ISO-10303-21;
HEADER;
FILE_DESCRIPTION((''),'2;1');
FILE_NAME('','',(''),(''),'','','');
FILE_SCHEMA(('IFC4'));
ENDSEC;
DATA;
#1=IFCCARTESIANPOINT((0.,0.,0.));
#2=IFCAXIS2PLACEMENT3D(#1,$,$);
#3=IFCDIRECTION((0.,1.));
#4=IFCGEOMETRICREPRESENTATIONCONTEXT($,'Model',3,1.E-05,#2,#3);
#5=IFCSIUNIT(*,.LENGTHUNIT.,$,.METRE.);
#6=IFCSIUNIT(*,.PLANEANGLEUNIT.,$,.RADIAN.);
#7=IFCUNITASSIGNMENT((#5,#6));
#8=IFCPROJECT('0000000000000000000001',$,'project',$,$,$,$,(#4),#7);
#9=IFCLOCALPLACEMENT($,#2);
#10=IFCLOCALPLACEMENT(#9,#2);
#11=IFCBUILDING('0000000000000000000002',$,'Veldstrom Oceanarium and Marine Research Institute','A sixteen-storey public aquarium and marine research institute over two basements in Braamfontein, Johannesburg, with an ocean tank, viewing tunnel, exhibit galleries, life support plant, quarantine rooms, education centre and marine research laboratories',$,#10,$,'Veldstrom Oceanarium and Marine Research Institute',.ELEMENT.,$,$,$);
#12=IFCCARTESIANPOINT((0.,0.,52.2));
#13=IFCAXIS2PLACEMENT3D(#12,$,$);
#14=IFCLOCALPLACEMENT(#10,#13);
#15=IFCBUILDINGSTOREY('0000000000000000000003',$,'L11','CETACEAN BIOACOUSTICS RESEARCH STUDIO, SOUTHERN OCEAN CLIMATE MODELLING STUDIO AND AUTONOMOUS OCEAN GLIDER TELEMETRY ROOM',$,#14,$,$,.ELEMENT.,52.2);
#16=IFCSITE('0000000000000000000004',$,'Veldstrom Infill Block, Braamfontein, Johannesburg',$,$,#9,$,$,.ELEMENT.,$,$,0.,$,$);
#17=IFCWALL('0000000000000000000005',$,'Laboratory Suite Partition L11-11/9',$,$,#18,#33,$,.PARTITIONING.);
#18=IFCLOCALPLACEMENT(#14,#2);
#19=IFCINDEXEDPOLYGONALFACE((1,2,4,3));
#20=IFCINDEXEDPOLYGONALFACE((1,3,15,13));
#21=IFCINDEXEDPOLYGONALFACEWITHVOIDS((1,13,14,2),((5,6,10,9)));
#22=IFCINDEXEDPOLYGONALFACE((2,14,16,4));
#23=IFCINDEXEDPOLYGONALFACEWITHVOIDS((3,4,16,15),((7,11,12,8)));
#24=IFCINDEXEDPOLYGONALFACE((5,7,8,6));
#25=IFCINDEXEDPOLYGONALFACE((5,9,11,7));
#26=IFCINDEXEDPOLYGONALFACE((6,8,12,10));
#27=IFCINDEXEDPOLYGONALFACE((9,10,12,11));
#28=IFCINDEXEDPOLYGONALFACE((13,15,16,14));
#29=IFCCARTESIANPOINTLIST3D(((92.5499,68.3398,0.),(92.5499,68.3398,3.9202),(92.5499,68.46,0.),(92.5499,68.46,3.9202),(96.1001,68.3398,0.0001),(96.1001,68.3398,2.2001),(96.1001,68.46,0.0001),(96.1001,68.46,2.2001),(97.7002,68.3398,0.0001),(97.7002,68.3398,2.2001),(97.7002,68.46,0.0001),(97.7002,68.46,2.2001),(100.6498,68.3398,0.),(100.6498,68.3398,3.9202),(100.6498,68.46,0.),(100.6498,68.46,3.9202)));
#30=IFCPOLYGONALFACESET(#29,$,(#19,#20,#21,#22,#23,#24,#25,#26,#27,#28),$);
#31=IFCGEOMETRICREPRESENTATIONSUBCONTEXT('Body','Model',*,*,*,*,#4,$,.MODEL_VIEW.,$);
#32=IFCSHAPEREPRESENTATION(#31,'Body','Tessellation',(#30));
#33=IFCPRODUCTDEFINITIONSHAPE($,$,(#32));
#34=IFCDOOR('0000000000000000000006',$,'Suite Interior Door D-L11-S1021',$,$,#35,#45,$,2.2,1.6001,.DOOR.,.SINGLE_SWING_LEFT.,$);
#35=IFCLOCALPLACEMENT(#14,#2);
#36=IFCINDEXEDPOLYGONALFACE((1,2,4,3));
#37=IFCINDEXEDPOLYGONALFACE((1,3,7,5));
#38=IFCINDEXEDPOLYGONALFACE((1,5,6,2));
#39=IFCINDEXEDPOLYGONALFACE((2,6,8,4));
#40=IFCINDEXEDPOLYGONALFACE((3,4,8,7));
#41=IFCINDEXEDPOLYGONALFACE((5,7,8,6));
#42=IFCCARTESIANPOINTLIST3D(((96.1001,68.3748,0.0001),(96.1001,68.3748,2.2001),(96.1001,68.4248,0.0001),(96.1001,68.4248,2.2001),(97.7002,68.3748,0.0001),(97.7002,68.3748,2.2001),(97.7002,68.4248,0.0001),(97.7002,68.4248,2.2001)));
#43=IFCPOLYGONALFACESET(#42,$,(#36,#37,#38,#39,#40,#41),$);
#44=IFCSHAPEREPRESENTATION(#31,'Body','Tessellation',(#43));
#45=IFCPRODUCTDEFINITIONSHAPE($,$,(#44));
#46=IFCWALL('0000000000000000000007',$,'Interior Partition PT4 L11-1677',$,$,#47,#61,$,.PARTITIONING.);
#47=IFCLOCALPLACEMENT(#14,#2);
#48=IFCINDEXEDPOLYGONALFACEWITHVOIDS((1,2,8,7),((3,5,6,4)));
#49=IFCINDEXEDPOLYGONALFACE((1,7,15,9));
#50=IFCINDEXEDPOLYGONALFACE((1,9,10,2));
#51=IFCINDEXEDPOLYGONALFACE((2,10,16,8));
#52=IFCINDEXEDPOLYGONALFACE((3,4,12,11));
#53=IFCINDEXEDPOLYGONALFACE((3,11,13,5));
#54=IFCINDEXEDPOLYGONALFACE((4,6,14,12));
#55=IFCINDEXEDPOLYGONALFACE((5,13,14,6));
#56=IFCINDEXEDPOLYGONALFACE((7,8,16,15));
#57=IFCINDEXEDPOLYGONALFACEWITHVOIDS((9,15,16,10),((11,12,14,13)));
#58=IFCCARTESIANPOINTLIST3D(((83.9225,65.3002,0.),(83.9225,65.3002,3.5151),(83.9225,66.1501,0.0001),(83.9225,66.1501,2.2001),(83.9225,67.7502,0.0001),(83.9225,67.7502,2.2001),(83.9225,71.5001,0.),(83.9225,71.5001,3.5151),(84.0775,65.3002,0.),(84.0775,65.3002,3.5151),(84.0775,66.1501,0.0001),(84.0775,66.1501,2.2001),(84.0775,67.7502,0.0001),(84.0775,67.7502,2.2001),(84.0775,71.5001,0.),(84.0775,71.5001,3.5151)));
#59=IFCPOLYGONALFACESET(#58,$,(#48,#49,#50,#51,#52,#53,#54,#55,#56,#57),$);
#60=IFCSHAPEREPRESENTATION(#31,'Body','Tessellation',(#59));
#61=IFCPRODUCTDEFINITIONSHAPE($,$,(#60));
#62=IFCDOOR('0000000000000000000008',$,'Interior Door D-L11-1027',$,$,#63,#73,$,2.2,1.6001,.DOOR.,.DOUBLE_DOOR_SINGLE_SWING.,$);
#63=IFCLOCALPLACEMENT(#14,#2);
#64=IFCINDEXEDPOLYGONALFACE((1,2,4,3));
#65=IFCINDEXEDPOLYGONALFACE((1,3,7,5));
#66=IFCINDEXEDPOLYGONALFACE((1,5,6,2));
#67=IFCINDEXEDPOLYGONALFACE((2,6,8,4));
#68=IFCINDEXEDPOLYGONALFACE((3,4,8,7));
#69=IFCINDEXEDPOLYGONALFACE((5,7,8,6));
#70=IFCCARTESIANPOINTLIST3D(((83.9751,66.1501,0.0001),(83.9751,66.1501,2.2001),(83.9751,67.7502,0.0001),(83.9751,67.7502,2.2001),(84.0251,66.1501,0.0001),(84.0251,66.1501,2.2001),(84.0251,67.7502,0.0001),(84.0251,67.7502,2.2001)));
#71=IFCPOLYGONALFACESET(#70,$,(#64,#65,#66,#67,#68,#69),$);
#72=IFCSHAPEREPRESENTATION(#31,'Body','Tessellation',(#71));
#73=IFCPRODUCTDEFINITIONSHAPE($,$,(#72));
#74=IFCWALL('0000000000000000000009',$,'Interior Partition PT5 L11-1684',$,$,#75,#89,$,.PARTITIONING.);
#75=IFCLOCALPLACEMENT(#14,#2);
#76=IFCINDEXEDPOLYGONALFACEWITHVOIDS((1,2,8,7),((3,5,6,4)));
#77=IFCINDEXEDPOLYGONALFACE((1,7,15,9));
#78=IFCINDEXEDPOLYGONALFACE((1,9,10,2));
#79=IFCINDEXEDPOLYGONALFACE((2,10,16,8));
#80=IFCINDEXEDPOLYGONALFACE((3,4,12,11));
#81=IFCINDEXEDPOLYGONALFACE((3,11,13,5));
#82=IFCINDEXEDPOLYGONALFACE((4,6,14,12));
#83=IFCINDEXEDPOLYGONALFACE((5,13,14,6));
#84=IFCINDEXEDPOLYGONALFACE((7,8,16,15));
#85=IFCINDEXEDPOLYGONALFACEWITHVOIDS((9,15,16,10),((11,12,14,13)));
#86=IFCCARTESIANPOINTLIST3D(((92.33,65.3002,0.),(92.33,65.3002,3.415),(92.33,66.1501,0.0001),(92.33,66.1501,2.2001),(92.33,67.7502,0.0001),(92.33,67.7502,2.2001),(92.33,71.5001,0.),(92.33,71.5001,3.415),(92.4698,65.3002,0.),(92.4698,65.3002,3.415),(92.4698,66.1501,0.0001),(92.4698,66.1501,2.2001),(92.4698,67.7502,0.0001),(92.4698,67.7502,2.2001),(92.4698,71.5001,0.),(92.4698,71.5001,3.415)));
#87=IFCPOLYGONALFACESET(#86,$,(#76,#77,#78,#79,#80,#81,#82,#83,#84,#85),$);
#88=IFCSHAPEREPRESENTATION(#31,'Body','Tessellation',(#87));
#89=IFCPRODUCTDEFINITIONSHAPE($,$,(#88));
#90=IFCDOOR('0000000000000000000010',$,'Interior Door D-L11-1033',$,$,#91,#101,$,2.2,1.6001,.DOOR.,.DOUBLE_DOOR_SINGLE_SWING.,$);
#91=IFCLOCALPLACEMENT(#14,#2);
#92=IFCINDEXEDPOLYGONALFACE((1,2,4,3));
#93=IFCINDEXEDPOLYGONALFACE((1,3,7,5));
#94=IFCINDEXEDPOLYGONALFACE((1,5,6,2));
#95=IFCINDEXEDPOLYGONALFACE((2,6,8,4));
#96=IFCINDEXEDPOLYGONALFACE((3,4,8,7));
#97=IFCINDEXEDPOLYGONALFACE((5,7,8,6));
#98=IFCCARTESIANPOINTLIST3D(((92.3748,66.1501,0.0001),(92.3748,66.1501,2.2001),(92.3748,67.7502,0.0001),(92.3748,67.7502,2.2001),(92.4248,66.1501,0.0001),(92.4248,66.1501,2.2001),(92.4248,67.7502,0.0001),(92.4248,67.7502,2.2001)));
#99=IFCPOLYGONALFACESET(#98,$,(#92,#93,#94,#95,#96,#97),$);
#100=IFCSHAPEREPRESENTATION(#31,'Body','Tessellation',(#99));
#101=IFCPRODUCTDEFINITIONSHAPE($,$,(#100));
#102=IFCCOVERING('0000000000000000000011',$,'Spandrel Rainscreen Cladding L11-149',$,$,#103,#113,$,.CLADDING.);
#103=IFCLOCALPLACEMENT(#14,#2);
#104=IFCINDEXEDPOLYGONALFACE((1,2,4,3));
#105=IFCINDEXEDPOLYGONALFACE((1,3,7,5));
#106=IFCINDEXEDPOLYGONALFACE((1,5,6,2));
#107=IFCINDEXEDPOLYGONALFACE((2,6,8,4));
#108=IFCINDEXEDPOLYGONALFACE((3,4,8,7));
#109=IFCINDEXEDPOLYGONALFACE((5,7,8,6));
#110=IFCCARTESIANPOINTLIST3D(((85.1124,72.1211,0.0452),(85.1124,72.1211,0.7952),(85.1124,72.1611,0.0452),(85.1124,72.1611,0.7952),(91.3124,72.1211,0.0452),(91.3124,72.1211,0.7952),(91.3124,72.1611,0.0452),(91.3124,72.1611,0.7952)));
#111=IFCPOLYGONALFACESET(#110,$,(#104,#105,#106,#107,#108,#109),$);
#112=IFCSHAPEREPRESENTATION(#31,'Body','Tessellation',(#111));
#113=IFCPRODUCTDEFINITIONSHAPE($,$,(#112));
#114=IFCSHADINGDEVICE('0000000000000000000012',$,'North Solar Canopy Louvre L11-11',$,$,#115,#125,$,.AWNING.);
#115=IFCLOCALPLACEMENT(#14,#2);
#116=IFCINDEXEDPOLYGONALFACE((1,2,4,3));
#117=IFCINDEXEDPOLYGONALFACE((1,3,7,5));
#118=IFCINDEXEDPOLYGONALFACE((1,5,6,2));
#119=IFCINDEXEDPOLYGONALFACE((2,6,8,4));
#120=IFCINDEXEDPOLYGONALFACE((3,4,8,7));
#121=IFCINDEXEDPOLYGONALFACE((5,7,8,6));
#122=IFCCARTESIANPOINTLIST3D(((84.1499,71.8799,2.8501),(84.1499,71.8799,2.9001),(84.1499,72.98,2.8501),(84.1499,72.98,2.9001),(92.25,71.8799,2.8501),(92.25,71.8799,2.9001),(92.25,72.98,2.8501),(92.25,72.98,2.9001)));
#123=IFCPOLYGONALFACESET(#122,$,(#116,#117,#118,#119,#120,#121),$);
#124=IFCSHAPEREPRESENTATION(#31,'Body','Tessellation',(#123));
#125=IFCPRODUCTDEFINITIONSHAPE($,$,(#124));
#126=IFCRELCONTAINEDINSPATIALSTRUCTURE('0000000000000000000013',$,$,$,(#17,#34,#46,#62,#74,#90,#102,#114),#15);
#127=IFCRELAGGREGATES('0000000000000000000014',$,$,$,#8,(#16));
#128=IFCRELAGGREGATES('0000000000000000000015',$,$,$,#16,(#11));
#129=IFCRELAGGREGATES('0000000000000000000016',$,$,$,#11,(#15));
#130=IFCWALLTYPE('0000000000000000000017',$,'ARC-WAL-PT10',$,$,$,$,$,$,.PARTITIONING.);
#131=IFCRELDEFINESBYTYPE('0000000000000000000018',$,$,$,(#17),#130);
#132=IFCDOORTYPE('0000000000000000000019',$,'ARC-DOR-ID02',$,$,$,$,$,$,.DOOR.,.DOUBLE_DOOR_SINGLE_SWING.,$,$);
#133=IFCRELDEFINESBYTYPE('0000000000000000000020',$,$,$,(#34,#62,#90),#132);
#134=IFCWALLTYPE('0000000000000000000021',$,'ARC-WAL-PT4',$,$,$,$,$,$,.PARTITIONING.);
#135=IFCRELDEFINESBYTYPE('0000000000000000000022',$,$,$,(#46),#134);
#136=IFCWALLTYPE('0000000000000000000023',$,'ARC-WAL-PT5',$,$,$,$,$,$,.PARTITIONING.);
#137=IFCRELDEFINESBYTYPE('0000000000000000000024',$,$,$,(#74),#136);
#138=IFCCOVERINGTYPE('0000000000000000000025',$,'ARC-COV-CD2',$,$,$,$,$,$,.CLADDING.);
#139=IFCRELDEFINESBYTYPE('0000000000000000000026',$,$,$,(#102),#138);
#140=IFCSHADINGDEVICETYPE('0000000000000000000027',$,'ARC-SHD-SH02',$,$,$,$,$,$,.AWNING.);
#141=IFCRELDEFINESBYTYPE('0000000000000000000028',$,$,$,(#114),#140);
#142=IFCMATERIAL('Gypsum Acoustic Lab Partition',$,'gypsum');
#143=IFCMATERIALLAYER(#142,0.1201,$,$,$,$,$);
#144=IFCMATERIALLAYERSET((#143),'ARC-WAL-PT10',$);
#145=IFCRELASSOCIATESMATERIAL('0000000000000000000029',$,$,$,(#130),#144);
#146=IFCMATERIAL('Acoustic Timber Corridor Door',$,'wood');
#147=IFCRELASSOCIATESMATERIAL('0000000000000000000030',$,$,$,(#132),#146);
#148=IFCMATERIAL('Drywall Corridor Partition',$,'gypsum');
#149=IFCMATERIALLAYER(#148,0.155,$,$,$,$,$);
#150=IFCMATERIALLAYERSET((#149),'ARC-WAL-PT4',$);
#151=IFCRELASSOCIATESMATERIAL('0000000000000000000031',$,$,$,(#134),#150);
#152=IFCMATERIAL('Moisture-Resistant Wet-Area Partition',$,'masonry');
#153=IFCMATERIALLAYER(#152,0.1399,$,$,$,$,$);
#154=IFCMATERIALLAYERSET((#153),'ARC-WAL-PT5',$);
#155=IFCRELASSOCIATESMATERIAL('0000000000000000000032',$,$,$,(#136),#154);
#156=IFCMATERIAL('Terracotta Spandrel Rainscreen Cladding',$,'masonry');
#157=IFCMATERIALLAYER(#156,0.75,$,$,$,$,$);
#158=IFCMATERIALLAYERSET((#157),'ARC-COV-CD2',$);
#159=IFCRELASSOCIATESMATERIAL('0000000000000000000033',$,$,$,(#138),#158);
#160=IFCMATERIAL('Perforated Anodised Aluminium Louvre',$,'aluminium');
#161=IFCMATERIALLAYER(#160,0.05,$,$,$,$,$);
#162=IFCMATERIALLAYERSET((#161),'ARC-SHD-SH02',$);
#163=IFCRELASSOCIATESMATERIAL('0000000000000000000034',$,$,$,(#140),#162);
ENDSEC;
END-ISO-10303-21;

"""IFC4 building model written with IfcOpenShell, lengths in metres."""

from ifc_helpers import new_model, si_unit, direction, frame, frame_2d, origin, origin_2d, place, context, subcontext, project, spatial, rectangle, extrude, material, layer, layer_set, type_object, element, fill, save


model = new_model("IFC4")

# Units and contexts
model_context = context("Model", 3, precision=1e-05, world=origin(), true_north=direction((0.0, 1.0)))
body_context = subcontext(model_context, "Body", "Model", "MODEL_VIEW")
ifc_project = project(units=[si_unit("LENGTHUNIT", "METRE"), si_unit("PLANEANGLEUNIT", "RADIAN")], contexts=[model_context])

# Site, building, storey
site_placement = place(None, origin())
site = spatial("IfcSite", under=ifc_project, at=site_placement, Name="Veldstrom Infill Block, Braamfontein, Johannesburg", CompositionType="ELEMENT", RefElevation=0.0)
building_placement = place(site_placement, origin())
building = spatial("IfcBuilding", under=site, at=building_placement, Name="Veldstrom Oceanarium and Marine Research Institute", Description="A sixteen-storey public aquarium and marine research institute over two basements in Braamfontein, Johannesburg, with an ocean tank, viewing tunnel, exhibit galleries, life support plant, quarantine rooms, education centre and marine research laboratories", LongName="Veldstrom Oceanarium and Marine Research Institute", CompositionType="ELEMENT")
storey_placement = place(building_placement, frame((0.0, 0.0, 52.2)))
storey = spatial("IfcBuildingStorey", under=building, at=storey_placement, Name="L11", Description="CETACEAN BIOACOUSTICS RESEARCH STUDIO, SOUTHERN OCEAN CLIMATE MODELLING STUDIO AND AUTONOMOUS OCEAN GLIDER TELEMETRY ROOM", CompositionType="ELEMENT", Elevation=52.2)

# Walls, openings, doors
ifc_material_1 = material(Name="Gypsum Acoustic Lab Partition", Category="gypsum")
ifc_layer_1 = layer(ifc_material_1, 0.1201)
ifc_layer_set_1 = layer_set([ifc_layer_1], Name="ARC-WAL-PT10")
wall_type_1 = type_object("IfcWallType", Name="ARC-WAL-PT10", PredefinedType="PARTITIONING", material=ifc_layer_set_1)
ifc_material_2 = material(Name="Acoustic Timber Corridor Door", Category="wood")
door_type = type_object("IfcDoorType", Name="ARC-DOR-ID02", OperationType="DOUBLE_DOOR_SINGLE_SWING", PredefinedType="DOOR", material=ifc_material_2)
wall_1_placement = place(storey_placement, frame((92.55, 68.3999, 0.0), z_axis=(0.0, 0.0, 1.0), x_axis=(1.0, 0.0, 0.0)))
wall_1 = element("IfcWall", 1, at=wall_1_placement, inside=storey, type_object=wall_type_1, Name="Laboratory Suite Partition L11-11/9", PredefinedType="PARTITIONING", context=body_context, shape_type="SweptSolid", body=[
    extrude(rectangle(XDim=8.0999, YDim=0.1201, at=frame_2d((4.0498, 0.0))), origin(), (0.0, 0.0, 1.0), 3.9202),
])
opening_1_placement = place(wall_1_placement, frame((3.55, 0.0, 0.0)))
opening_1 = element("IfcOpeningElement", 2, at=opening_1_placement, cuts=wall_1, PredefinedType="OPENING", context=body_context, shape_type="SweptSolid", body=[
    extrude(rectangle(XDim=1.6001, YDim=2.2, at=frame_2d((0.8, 1.1001))), frame((0.0, 0.0701, 0.0), z_axis=(0.0, -1.0, 0.0), x_axis=(1.0, 0.0, 0.0)), (0.0, 0.0, 1.0), 0.1401),
])
door_1_placement = place(opening_1_placement, origin())
door_1 = element("IfcDoor", 3, at=door_1_placement, inside=storey, type_object=door_type, Name="Suite Interior Door D-L11-S1021", OperationType="SINGLE_SWING_LEFT", OverallHeight=2.2, OverallWidth=1.6001, PredefinedType="DOOR", context=body_context, shape_type="SweptSolid", body=[
    extrude(rectangle(XDim=1.6001, YDim=2.2, at=frame_2d((0.8, 1.1001))), frame((0.0, 0.0249, 0.0), z_axis=(0.0, -1.0, 0.0), x_axis=(1.0, 0.0, 0.0)), (0.0, 0.0, 1.0), 0.05),
])
fill(opening_1, door_1)
ifc_material_3 = material(Name="Drywall Corridor Partition", Category="gypsum")
ifc_layer_2 = layer(ifc_material_3, 0.155)
ifc_layer_set_2 = layer_set([ifc_layer_2], Name="ARC-WAL-PT4")
wall_type_2 = type_object("IfcWallType", Name="ARC-WAL-PT4", PredefinedType="PARTITIONING", material=ifc_layer_set_2)
wall_2_placement = place(storey_placement, frame((84.0, 65.3, 0.0), z_axis=(0.0, 0.0, 1.0), x_axis=(0.0, 1.0, 0.0)))
wall_2 = element("IfcWall", 4, at=wall_2_placement, inside=storey, type_object=wall_type_2, Name="Interior Partition PT4 L11-1677", PredefinedType="PARTITIONING", context=body_context, shape_type="SweptSolid", body=[
    extrude(rectangle(XDim=6.2, YDim=0.155, at=frame_2d((3.1001, 0.0))), origin(), (0.0, 0.0, 1.0), 3.5151),
])
opening_2_placement = place(wall_2_placement, frame((0.8501, 0.0, 0.0)))
opening_2 = element("IfcOpeningElement", 5, at=opening_2_placement, cuts=wall_2, PredefinedType="OPENING", context=body_context, shape_type="SweptSolid", body=[
    extrude(rectangle(XDim=1.6001, YDim=2.2, at=frame_2d((0.8, 1.1001))), frame((0.0, 0.0874, 0.0), z_axis=(0.0, -1.0, 0.0), x_axis=(1.0, 0.0, 0.0)), (0.0, 0.0, 1.0), 0.175),
])
door_2_placement = place(opening_2_placement, origin())
door_2 = element("IfcDoor", 6, at=door_2_placement, inside=storey, type_object=door_type, Name="Interior Door D-L11-1027", OperationType="DOUBLE_DOOR_SINGLE_SWING", OverallHeight=2.2, OverallWidth=1.6001, PredefinedType="DOOR", context=body_context, shape_type="SweptSolid", body=[
    extrude(rectangle(XDim=1.6001, YDim=2.2, at=frame_2d((0.8, 1.1001))), frame((0.0, 0.0249, 0.0), z_axis=(0.0, -1.0, 0.0), x_axis=(1.0, 0.0, 0.0)), (0.0, 0.0, 1.0), 0.05),
])
fill(opening_2, door_2)
ifc_material_4 = material(Name="Moisture-Resistant Wet-Area Partition", Category="masonry")
ifc_layer_3 = layer(ifc_material_4, 0.1399)
ifc_layer_set_3 = layer_set([ifc_layer_3], Name="ARC-WAL-PT5")
wall_type_3 = type_object("IfcWallType", Name="ARC-WAL-PT5", PredefinedType="PARTITIONING", material=ifc_layer_set_3)
wall_3_placement = place(storey_placement, frame((92.3999, 65.3, 0.0), z_axis=(0.0, 0.0, 1.0), x_axis=(0.0, 1.0, 0.0)))
wall_3 = element("IfcWall", 7, at=wall_3_placement, inside=storey, type_object=wall_type_3, Name="Interior Partition PT5 L11-1684", PredefinedType="PARTITIONING", context=body_context, shape_type="SweptSolid", body=[
    extrude(rectangle(XDim=6.2, YDim=0.1399, at=frame_2d((3.1001, 0.0))), origin(), (0.0, 0.0, 1.0), 3.415),
])
opening_3_placement = place(wall_3_placement, frame((0.8501, 0.0, 0.0)))
opening_3 = element("IfcOpeningElement", 8, at=opening_3_placement, cuts=wall_3, PredefinedType="OPENING", context=body_context, shape_type="SweptSolid", body=[
    extrude(rectangle(XDim=1.6001, YDim=2.2, at=frame_2d((0.8, 1.1001))), frame((0.0, 0.0798, 0.0), z_axis=(0.0, -1.0, 0.0), x_axis=(1.0, 0.0, 0.0)), (0.0, 0.0, 1.0), 0.1599),
])
door_3_placement = place(opening_3_placement, frame((1.6001, 0.0, 0.0), z_axis=(0.0, 0.0, 1.0), x_axis=(-1.0, 0.0, 0.0)))
door_3 = element("IfcDoor", 9, at=door_3_placement, inside=storey, type_object=door_type, Name="Interior Door D-L11-1033", OperationType="DOUBLE_DOOR_SINGLE_SWING", OverallHeight=2.2, OverallWidth=1.6001, PredefinedType="DOOR", context=body_context, shape_type="SweptSolid", body=[
    extrude(rectangle(XDim=1.6001, YDim=2.2, at=frame_2d((0.8, 1.1001))), frame((0.0, 0.0249, 0.0), z_axis=(0.0, -1.0, 0.0), x_axis=(1.0, 0.0, 0.0)), (0.0, 0.0, 1.0), 0.05),
])
fill(opening_3, door_3)

# Covering
ifc_material_5 = material(Name="Terracotta Spandrel Rainscreen Cladding", Category="masonry")
ifc_layer_4 = layer(ifc_material_5, 0.75)
ifc_layer_set_4 = layer_set([ifc_layer_4], Name="ARC-COV-CD2")
covering_type = type_object("IfcCoveringType", Name="ARC-COV-CD2", PredefinedType="CLADDING", material=ifc_layer_set_4)
covering_placement = place(storey_placement, frame((88.2124, 72.1411, 0.0452), z_axis=(0.0, 0.0, 1.0), x_axis=(1.0, 0.0, 0.0)))
element("IfcCovering", 10, at=covering_placement, inside=storey, type_object=covering_type, Name="Spandrel Rainscreen Cladding L11-149", PredefinedType="CLADDING", context=body_context, shape_type="SweptSolid", body=[
    extrude(rectangle(XDim=6.2, YDim=0.04, at=origin_2d()), origin(), (0.0, 0.0, 1.0), 0.75),
])

# Shading device
ifc_material_6 = material(Name="Perforated Anodised Aluminium Louvre", Category="aluminium")
ifc_layer_5 = layer(ifc_material_6, 0.05)
ifc_layer_set_5 = layer_set([ifc_layer_5], Name="ARC-SHD-SH02")
shading_device_type = type_object("IfcShadingDeviceType", Name="ARC-SHD-SH02", PredefinedType="AWNING", material=ifc_layer_set_5)
shading_device_placement = place(storey_placement, frame((88.2, 72.4299, 2.8501), z_axis=(0.0, 0.0, 1.0), x_axis=(1.0, 0.0, 0.0)))
element("IfcShadingDevice", 11, at=shading_device_placement, inside=storey, type_object=shading_device_type, Name="North Solar Canopy Louvre L11-11", PredefinedType="AWNING", context=body_context, shape_type="SweptSolid", body=[
    extrude(rectangle(XDim=8.1001, YDim=1.1001, at=origin_2d()), origin(), (0.0, 0.0, 1.0), 0.05),
])

save(model, "model.ifc")
